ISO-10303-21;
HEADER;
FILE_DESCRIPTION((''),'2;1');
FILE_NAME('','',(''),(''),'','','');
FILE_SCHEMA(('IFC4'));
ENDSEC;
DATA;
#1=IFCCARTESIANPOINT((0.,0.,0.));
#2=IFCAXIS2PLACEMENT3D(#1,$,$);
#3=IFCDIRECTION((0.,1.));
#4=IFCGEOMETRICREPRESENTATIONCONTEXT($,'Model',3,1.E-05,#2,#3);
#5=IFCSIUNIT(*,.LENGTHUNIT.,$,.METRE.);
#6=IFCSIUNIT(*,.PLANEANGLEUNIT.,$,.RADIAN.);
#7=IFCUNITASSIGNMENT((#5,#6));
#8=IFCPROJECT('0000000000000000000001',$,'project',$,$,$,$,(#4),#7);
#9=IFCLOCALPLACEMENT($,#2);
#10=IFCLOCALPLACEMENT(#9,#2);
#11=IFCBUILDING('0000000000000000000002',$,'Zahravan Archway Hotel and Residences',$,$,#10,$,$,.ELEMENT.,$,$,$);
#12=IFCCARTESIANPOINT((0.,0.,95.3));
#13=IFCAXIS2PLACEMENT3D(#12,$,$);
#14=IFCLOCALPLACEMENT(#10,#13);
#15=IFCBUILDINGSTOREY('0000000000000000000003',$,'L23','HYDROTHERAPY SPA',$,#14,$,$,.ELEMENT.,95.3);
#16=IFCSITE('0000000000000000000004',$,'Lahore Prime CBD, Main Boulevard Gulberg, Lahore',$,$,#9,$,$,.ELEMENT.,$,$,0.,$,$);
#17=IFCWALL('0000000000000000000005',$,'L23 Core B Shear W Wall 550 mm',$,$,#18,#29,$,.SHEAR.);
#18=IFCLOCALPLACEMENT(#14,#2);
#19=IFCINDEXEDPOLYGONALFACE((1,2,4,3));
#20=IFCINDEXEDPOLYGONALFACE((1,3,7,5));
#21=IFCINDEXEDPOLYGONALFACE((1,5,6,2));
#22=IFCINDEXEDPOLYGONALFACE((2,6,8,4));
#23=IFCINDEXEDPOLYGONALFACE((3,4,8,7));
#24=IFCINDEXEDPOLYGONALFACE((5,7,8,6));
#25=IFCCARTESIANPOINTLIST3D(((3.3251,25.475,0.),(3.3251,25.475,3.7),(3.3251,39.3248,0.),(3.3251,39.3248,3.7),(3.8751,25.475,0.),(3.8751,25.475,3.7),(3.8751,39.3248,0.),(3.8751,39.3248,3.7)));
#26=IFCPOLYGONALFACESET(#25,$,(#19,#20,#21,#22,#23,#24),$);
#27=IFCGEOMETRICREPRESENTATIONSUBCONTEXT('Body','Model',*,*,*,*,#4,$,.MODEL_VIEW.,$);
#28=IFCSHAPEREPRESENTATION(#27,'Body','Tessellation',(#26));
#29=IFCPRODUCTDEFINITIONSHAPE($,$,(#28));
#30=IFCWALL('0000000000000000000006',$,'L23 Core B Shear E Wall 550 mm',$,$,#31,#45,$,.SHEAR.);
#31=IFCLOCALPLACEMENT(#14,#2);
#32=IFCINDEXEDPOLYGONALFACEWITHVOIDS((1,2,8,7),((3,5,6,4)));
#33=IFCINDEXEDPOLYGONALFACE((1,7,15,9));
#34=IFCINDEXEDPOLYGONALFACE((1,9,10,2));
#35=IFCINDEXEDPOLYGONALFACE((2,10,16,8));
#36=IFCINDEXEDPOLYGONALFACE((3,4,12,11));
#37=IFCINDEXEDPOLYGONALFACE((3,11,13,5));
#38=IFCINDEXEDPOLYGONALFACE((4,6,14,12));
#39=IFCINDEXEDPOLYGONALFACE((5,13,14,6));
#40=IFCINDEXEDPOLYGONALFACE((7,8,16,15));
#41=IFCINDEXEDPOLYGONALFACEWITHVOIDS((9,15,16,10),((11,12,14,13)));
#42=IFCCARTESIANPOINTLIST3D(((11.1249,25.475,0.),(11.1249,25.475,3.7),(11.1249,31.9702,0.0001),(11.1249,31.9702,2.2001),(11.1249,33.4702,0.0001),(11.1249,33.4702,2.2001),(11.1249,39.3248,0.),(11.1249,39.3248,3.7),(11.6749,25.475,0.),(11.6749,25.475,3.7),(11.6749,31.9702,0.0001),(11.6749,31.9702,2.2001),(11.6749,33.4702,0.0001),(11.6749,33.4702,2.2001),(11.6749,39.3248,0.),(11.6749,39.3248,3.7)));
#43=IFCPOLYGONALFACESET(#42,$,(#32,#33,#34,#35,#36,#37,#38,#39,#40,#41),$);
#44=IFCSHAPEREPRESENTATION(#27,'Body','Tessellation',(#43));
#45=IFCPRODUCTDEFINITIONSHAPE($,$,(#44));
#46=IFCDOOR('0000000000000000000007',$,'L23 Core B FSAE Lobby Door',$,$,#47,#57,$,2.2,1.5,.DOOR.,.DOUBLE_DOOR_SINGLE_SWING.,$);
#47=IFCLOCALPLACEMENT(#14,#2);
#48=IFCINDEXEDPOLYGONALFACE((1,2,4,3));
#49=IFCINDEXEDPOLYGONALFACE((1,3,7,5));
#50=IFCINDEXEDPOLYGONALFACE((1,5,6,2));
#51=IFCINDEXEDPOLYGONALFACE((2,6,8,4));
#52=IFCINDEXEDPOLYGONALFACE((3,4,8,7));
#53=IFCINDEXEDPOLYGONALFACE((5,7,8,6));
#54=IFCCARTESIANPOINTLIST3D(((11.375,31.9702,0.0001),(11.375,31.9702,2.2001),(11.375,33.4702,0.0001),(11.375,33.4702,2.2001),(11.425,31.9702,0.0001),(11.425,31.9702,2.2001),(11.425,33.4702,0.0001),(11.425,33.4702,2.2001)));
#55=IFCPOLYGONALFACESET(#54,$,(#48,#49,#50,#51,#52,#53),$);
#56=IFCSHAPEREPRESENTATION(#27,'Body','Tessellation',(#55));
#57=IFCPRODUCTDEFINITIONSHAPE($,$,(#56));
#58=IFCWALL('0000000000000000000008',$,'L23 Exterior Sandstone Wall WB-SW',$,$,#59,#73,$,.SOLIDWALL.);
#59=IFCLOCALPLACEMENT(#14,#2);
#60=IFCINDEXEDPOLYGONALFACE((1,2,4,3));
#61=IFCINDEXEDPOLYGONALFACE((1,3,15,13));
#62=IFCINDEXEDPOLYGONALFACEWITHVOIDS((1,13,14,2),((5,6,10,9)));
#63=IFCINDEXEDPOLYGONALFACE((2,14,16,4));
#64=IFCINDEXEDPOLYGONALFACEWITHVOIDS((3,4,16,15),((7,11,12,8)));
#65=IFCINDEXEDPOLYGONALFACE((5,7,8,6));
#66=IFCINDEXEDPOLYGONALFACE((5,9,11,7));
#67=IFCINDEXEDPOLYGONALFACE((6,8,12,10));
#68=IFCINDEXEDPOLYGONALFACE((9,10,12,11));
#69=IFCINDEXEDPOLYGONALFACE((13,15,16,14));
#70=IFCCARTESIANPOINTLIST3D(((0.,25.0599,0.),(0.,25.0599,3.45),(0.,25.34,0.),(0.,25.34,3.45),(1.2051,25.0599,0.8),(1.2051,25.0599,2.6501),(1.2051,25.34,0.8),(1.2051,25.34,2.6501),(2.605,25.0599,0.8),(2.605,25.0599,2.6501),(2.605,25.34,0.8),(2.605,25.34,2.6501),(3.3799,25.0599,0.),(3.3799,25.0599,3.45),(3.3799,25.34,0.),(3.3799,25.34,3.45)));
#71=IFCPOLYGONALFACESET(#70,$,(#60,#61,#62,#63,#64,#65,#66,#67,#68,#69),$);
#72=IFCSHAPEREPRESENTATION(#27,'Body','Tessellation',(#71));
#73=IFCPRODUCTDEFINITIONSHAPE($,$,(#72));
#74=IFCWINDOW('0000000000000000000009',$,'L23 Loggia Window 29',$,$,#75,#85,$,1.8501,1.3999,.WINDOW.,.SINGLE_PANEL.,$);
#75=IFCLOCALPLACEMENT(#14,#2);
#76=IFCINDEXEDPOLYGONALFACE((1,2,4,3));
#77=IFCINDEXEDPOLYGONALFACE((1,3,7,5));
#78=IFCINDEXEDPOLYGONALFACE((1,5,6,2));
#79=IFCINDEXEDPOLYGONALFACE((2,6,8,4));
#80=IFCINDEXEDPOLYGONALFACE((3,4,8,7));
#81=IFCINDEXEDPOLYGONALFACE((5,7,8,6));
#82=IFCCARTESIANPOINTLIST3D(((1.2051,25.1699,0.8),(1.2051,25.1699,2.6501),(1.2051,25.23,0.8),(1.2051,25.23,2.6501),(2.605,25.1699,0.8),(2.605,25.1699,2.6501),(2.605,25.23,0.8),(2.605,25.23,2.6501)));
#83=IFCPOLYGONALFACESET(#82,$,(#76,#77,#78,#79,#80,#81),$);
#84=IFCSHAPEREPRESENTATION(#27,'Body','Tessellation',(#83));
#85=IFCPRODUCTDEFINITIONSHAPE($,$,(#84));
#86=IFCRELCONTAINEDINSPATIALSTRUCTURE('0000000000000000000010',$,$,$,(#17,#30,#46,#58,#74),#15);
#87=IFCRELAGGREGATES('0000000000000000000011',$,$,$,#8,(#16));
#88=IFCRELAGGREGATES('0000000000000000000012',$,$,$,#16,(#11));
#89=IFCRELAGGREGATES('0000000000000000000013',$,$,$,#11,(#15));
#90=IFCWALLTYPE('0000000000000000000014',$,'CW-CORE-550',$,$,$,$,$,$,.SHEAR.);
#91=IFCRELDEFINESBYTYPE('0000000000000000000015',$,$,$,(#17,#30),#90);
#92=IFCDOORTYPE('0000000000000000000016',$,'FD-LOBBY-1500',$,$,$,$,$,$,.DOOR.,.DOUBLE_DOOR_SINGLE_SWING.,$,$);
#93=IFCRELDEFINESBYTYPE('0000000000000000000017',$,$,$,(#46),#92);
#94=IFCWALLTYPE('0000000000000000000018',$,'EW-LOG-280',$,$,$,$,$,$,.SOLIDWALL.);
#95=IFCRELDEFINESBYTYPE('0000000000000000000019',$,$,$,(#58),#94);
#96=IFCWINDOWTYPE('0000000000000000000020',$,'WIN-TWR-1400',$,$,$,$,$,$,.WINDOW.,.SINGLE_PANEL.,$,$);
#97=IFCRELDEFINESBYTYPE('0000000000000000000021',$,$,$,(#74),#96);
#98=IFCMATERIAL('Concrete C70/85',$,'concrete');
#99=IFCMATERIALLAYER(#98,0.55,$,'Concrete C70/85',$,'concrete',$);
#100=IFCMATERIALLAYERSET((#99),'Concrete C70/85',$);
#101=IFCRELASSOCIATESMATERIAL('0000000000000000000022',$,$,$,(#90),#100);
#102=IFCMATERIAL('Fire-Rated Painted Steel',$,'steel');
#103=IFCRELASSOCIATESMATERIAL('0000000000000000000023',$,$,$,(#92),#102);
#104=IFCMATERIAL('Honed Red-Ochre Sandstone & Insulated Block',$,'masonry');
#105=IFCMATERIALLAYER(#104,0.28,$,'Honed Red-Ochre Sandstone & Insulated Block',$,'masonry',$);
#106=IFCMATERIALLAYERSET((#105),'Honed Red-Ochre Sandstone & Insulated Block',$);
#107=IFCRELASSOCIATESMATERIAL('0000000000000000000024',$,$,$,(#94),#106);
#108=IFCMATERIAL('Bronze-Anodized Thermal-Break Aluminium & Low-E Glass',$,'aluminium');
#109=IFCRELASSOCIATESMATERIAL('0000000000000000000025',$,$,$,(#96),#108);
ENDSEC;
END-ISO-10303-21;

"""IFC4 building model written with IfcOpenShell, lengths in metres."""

from ifc_helpers import new_model, si_unit, direction, frame, frame_2d, origin, place, context, subcontext, project, spatial, rectangle, extrude, source, transform, mapped, material, layer, layer_set, type_object, type_shapes, element, fill, save


model = new_model("IFC4")

# Units and contexts
model_context = context("Model", 3, precision=1e-05, world=origin(), true_north=direction((0.0, 1.0)))
body_context = subcontext(model_context, "Body", "Model", "MODEL_VIEW")
ifc_project = project(units=[si_unit("LENGTHUNIT", "METRE"), si_unit("PLANEANGLEUNIT", "RADIAN")], contexts=[model_context])

# Site, building, storey
site_placement = place(None, origin())
site = spatial("IfcSite", under=ifc_project, at=site_placement, Name="Lahore Prime CBD, Main Boulevard Gulberg, Lahore", CompositionType="ELEMENT", RefElevation=0.0)
building_placement = place(site_placement, origin())
building = spatial("IfcBuilding", under=site, at=building_placement, Name="Zahravan Archway Hotel and Residences", CompositionType="ELEMENT")
storey_placement = place(building_placement, frame((0.0, 0.0, 95.3)))
storey = spatial("IfcBuildingStorey", under=building, at=storey_placement, Name="L23", Description="HYDROTHERAPY SPA", CompositionType="ELEMENT", Elevation=95.3)

# Shared definitions
ifc_material_1 = material(Name="Concrete C70/85", Category="concrete")

# Wall
ifc_layer_1 = layer(ifc_material_1, 0.55, Name="Concrete C70/85", Category="concrete")
ifc_layer_set_1 = layer_set([ifc_layer_1], Name="Concrete C70/85")
wall_type_1 = type_object("IfcWallType", Name="CW-CORE-550", PredefinedType="SHEAR", material=ifc_layer_set_1)
wall_1_placement = place(storey_placement, frame((3.6001, 25.4751, 0.0), z_axis=(0.0, 0.0, 1.0), x_axis=(0.0, 1.0, 0.0)))
element("IfcWall", 1, at=wall_1_placement, inside=storey, type_object=wall_type_1, Name="L23 Core B Shear W Wall 550 mm", PredefinedType="SHEAR", context=body_context, shape_type="SweptSolid", body=[
    extrude(rectangle(XDim=13.8499, YDim=0.55, at=frame_2d((6.9248, 0.0))), origin(), (0.0, 0.0, 1.0), 3.7),
])

# Wall, opening, door
wall_2_placement = place(storey_placement, frame((11.3999, 25.4751, 0.0), z_axis=(0.0, 0.0, 1.0), x_axis=(0.0, 1.0, 0.0)))
wall_2 = element("IfcWall", 2, at=wall_2_placement, inside=storey, type_object=wall_type_1, Name="L23 Core B Shear E Wall 550 mm", PredefinedType="SHEAR", context=body_context, shape_type="SweptSolid", body=[
    extrude(rectangle(XDim=13.8499, YDim=0.55, at=frame_2d((6.9248, 0.0))), origin(), (0.0, 0.0, 1.0), 3.7),
])
opening_1_placement = place(wall_2_placement, frame((6.4951, 0.0, 0.0)))
opening_1 = element("IfcOpeningElement", 3, at=opening_1_placement, cuts=wall_2, PredefinedType="OPENING", context=body_context, shape_type="SweptSolid", body=[
    extrude(rectangle(XDim=1.5, YDim=2.2, at=frame_2d((0.75, 1.1001))), frame((0.0, 0.2852, 0.0), z_axis=(0.0, -1.0, 0.0), x_axis=(1.0, 0.0, 0.0)), (0.0, 0.0, 1.0), 0.5701),
])
ifc_material_2 = material(Name="Fire-Rated Painted Steel", Category="steel")
door_type_1 = type_object("IfcDoorType", Name="FD-LOBBY-1500", OperationType="DOUBLE_DOOR_SINGLE_SWING", PredefinedType="DOOR", material=ifc_material_2)
shared_shape_1 = source(origin(), body_context, "Body", "SweptSolid", [
    extrude(rectangle(XDim=1.5, YDim=2.2, at=frame_2d((0.75, 1.1001))), frame((0.0, 0.0249, 0.0), z_axis=(0.0, -1.0, 0.0), x_axis=(1.0, 0.0, 0.0)), (0.0, 0.0, 1.0), 0.05),
])
type_shapes(door_type_1, [shared_shape_1])
door_1_placement = place(opening_1_placement, origin())
door_1 = element("IfcDoor", 4, at=door_1_placement, inside=storey, type_object=door_type_1, Name="L23 Core B FSAE Lobby Door", OperationType="DOUBLE_DOOR_SINGLE_SWING", OverallHeight=2.2, OverallWidth=1.5, PredefinedType="DOOR", context=body_context, shape_type="MappedRepresentation", body=[
    mapped(shared_shape_1, transform((0.0, 0.0, 0.0), scale=1.0)),
])
fill(opening_1, door_1)

# Wall, opening, window
ifc_material_3 = material(Name="Honed Red-Ochre Sandstone & Insulated Block", Category="masonry")
ifc_layer_2 = layer(ifc_material_3, 0.28, Name="Honed Red-Ochre Sandstone & Insulated Block", Category="masonry")
ifc_layer_set_2 = layer_set([ifc_layer_2], Name="Honed Red-Ochre Sandstone & Insulated Block")
wall_type_2 = type_object("IfcWallType", Name="EW-LOG-280", PredefinedType="SOLIDWALL", material=ifc_layer_set_2)
wall_3_placement = place(storey_placement, frame((0.0, 25.2, 0.0), z_axis=(0.0, 0.0, 1.0), x_axis=(1.0, 0.0, 0.0)))
wall_3 = element("IfcWall", 5, at=wall_3_placement, inside=storey, type_object=wall_type_2, Name="L23 Exterior Sandstone Wall WB-SW", PredefinedType="SOLIDWALL", context=body_context, shape_type="SweptSolid", body=[
    extrude(rectangle(XDim=3.3799, YDim=0.28, at=frame_2d((1.6899, 0.0))), origin(), (0.0, 0.0, 1.0), 3.45),
])
opening_2_placement = place(wall_3_placement, frame((1.2051, 0.0, 0.8)))
opening_2 = element("IfcOpeningElement", 6, at=opening_2_placement, cuts=wall_3, PredefinedType="OPENING", context=body_context, shape_type="SweptSolid", body=[
    extrude(rectangle(XDim=1.3999, YDim=1.8501, at=frame_2d((0.7, 0.925))), frame((0.0, 0.1499, 0.0), z_axis=(0.0, -1.0, 0.0), x_axis=(1.0, 0.0, 0.0)), (0.0, 0.0, 1.0), 0.3),
])
ifc_material_4 = material(Name="Bronze-Anodized Thermal-Break Aluminium & Low-E Glass", Category="aluminium")
window_type_1 = type_object("IfcWindowType", Name="WIN-TWR-1400", PartitioningType="SINGLE_PANEL", PredefinedType="WINDOW", material=ifc_material_4)
shared_shape_2 = source(origin(), body_context, "Body", "SweptSolid", [
    extrude(rectangle(XDim=1.3999, YDim=1.8501, at=frame_2d((0.7, 0.925))), frame((0.0, 0.03, 0.0), z_axis=(0.0, -1.0, 0.0), x_axis=(1.0, 0.0, 0.0)), (0.0, 0.0, 1.0), 0.0601),
])
type_shapes(window_type_1, [shared_shape_2])
window_1_placement = place(opening_2_placement, origin())
window_1 = element("IfcWindow", 7, at=window_1_placement, inside=storey, type_object=window_type_1, Name="L23 Loggia Window 29", OverallHeight=1.8501, OverallWidth=1.3999, PartitioningType="SINGLE_PANEL", PredefinedType="WINDOW", context=body_context, shape_type="MappedRepresentation", body=[
    mapped(shared_shape_2, transform((0.0, 0.0, 0.0), scale=1.0)),
])
fill(opening_2, window_1)

save(model, "model.ifc")
